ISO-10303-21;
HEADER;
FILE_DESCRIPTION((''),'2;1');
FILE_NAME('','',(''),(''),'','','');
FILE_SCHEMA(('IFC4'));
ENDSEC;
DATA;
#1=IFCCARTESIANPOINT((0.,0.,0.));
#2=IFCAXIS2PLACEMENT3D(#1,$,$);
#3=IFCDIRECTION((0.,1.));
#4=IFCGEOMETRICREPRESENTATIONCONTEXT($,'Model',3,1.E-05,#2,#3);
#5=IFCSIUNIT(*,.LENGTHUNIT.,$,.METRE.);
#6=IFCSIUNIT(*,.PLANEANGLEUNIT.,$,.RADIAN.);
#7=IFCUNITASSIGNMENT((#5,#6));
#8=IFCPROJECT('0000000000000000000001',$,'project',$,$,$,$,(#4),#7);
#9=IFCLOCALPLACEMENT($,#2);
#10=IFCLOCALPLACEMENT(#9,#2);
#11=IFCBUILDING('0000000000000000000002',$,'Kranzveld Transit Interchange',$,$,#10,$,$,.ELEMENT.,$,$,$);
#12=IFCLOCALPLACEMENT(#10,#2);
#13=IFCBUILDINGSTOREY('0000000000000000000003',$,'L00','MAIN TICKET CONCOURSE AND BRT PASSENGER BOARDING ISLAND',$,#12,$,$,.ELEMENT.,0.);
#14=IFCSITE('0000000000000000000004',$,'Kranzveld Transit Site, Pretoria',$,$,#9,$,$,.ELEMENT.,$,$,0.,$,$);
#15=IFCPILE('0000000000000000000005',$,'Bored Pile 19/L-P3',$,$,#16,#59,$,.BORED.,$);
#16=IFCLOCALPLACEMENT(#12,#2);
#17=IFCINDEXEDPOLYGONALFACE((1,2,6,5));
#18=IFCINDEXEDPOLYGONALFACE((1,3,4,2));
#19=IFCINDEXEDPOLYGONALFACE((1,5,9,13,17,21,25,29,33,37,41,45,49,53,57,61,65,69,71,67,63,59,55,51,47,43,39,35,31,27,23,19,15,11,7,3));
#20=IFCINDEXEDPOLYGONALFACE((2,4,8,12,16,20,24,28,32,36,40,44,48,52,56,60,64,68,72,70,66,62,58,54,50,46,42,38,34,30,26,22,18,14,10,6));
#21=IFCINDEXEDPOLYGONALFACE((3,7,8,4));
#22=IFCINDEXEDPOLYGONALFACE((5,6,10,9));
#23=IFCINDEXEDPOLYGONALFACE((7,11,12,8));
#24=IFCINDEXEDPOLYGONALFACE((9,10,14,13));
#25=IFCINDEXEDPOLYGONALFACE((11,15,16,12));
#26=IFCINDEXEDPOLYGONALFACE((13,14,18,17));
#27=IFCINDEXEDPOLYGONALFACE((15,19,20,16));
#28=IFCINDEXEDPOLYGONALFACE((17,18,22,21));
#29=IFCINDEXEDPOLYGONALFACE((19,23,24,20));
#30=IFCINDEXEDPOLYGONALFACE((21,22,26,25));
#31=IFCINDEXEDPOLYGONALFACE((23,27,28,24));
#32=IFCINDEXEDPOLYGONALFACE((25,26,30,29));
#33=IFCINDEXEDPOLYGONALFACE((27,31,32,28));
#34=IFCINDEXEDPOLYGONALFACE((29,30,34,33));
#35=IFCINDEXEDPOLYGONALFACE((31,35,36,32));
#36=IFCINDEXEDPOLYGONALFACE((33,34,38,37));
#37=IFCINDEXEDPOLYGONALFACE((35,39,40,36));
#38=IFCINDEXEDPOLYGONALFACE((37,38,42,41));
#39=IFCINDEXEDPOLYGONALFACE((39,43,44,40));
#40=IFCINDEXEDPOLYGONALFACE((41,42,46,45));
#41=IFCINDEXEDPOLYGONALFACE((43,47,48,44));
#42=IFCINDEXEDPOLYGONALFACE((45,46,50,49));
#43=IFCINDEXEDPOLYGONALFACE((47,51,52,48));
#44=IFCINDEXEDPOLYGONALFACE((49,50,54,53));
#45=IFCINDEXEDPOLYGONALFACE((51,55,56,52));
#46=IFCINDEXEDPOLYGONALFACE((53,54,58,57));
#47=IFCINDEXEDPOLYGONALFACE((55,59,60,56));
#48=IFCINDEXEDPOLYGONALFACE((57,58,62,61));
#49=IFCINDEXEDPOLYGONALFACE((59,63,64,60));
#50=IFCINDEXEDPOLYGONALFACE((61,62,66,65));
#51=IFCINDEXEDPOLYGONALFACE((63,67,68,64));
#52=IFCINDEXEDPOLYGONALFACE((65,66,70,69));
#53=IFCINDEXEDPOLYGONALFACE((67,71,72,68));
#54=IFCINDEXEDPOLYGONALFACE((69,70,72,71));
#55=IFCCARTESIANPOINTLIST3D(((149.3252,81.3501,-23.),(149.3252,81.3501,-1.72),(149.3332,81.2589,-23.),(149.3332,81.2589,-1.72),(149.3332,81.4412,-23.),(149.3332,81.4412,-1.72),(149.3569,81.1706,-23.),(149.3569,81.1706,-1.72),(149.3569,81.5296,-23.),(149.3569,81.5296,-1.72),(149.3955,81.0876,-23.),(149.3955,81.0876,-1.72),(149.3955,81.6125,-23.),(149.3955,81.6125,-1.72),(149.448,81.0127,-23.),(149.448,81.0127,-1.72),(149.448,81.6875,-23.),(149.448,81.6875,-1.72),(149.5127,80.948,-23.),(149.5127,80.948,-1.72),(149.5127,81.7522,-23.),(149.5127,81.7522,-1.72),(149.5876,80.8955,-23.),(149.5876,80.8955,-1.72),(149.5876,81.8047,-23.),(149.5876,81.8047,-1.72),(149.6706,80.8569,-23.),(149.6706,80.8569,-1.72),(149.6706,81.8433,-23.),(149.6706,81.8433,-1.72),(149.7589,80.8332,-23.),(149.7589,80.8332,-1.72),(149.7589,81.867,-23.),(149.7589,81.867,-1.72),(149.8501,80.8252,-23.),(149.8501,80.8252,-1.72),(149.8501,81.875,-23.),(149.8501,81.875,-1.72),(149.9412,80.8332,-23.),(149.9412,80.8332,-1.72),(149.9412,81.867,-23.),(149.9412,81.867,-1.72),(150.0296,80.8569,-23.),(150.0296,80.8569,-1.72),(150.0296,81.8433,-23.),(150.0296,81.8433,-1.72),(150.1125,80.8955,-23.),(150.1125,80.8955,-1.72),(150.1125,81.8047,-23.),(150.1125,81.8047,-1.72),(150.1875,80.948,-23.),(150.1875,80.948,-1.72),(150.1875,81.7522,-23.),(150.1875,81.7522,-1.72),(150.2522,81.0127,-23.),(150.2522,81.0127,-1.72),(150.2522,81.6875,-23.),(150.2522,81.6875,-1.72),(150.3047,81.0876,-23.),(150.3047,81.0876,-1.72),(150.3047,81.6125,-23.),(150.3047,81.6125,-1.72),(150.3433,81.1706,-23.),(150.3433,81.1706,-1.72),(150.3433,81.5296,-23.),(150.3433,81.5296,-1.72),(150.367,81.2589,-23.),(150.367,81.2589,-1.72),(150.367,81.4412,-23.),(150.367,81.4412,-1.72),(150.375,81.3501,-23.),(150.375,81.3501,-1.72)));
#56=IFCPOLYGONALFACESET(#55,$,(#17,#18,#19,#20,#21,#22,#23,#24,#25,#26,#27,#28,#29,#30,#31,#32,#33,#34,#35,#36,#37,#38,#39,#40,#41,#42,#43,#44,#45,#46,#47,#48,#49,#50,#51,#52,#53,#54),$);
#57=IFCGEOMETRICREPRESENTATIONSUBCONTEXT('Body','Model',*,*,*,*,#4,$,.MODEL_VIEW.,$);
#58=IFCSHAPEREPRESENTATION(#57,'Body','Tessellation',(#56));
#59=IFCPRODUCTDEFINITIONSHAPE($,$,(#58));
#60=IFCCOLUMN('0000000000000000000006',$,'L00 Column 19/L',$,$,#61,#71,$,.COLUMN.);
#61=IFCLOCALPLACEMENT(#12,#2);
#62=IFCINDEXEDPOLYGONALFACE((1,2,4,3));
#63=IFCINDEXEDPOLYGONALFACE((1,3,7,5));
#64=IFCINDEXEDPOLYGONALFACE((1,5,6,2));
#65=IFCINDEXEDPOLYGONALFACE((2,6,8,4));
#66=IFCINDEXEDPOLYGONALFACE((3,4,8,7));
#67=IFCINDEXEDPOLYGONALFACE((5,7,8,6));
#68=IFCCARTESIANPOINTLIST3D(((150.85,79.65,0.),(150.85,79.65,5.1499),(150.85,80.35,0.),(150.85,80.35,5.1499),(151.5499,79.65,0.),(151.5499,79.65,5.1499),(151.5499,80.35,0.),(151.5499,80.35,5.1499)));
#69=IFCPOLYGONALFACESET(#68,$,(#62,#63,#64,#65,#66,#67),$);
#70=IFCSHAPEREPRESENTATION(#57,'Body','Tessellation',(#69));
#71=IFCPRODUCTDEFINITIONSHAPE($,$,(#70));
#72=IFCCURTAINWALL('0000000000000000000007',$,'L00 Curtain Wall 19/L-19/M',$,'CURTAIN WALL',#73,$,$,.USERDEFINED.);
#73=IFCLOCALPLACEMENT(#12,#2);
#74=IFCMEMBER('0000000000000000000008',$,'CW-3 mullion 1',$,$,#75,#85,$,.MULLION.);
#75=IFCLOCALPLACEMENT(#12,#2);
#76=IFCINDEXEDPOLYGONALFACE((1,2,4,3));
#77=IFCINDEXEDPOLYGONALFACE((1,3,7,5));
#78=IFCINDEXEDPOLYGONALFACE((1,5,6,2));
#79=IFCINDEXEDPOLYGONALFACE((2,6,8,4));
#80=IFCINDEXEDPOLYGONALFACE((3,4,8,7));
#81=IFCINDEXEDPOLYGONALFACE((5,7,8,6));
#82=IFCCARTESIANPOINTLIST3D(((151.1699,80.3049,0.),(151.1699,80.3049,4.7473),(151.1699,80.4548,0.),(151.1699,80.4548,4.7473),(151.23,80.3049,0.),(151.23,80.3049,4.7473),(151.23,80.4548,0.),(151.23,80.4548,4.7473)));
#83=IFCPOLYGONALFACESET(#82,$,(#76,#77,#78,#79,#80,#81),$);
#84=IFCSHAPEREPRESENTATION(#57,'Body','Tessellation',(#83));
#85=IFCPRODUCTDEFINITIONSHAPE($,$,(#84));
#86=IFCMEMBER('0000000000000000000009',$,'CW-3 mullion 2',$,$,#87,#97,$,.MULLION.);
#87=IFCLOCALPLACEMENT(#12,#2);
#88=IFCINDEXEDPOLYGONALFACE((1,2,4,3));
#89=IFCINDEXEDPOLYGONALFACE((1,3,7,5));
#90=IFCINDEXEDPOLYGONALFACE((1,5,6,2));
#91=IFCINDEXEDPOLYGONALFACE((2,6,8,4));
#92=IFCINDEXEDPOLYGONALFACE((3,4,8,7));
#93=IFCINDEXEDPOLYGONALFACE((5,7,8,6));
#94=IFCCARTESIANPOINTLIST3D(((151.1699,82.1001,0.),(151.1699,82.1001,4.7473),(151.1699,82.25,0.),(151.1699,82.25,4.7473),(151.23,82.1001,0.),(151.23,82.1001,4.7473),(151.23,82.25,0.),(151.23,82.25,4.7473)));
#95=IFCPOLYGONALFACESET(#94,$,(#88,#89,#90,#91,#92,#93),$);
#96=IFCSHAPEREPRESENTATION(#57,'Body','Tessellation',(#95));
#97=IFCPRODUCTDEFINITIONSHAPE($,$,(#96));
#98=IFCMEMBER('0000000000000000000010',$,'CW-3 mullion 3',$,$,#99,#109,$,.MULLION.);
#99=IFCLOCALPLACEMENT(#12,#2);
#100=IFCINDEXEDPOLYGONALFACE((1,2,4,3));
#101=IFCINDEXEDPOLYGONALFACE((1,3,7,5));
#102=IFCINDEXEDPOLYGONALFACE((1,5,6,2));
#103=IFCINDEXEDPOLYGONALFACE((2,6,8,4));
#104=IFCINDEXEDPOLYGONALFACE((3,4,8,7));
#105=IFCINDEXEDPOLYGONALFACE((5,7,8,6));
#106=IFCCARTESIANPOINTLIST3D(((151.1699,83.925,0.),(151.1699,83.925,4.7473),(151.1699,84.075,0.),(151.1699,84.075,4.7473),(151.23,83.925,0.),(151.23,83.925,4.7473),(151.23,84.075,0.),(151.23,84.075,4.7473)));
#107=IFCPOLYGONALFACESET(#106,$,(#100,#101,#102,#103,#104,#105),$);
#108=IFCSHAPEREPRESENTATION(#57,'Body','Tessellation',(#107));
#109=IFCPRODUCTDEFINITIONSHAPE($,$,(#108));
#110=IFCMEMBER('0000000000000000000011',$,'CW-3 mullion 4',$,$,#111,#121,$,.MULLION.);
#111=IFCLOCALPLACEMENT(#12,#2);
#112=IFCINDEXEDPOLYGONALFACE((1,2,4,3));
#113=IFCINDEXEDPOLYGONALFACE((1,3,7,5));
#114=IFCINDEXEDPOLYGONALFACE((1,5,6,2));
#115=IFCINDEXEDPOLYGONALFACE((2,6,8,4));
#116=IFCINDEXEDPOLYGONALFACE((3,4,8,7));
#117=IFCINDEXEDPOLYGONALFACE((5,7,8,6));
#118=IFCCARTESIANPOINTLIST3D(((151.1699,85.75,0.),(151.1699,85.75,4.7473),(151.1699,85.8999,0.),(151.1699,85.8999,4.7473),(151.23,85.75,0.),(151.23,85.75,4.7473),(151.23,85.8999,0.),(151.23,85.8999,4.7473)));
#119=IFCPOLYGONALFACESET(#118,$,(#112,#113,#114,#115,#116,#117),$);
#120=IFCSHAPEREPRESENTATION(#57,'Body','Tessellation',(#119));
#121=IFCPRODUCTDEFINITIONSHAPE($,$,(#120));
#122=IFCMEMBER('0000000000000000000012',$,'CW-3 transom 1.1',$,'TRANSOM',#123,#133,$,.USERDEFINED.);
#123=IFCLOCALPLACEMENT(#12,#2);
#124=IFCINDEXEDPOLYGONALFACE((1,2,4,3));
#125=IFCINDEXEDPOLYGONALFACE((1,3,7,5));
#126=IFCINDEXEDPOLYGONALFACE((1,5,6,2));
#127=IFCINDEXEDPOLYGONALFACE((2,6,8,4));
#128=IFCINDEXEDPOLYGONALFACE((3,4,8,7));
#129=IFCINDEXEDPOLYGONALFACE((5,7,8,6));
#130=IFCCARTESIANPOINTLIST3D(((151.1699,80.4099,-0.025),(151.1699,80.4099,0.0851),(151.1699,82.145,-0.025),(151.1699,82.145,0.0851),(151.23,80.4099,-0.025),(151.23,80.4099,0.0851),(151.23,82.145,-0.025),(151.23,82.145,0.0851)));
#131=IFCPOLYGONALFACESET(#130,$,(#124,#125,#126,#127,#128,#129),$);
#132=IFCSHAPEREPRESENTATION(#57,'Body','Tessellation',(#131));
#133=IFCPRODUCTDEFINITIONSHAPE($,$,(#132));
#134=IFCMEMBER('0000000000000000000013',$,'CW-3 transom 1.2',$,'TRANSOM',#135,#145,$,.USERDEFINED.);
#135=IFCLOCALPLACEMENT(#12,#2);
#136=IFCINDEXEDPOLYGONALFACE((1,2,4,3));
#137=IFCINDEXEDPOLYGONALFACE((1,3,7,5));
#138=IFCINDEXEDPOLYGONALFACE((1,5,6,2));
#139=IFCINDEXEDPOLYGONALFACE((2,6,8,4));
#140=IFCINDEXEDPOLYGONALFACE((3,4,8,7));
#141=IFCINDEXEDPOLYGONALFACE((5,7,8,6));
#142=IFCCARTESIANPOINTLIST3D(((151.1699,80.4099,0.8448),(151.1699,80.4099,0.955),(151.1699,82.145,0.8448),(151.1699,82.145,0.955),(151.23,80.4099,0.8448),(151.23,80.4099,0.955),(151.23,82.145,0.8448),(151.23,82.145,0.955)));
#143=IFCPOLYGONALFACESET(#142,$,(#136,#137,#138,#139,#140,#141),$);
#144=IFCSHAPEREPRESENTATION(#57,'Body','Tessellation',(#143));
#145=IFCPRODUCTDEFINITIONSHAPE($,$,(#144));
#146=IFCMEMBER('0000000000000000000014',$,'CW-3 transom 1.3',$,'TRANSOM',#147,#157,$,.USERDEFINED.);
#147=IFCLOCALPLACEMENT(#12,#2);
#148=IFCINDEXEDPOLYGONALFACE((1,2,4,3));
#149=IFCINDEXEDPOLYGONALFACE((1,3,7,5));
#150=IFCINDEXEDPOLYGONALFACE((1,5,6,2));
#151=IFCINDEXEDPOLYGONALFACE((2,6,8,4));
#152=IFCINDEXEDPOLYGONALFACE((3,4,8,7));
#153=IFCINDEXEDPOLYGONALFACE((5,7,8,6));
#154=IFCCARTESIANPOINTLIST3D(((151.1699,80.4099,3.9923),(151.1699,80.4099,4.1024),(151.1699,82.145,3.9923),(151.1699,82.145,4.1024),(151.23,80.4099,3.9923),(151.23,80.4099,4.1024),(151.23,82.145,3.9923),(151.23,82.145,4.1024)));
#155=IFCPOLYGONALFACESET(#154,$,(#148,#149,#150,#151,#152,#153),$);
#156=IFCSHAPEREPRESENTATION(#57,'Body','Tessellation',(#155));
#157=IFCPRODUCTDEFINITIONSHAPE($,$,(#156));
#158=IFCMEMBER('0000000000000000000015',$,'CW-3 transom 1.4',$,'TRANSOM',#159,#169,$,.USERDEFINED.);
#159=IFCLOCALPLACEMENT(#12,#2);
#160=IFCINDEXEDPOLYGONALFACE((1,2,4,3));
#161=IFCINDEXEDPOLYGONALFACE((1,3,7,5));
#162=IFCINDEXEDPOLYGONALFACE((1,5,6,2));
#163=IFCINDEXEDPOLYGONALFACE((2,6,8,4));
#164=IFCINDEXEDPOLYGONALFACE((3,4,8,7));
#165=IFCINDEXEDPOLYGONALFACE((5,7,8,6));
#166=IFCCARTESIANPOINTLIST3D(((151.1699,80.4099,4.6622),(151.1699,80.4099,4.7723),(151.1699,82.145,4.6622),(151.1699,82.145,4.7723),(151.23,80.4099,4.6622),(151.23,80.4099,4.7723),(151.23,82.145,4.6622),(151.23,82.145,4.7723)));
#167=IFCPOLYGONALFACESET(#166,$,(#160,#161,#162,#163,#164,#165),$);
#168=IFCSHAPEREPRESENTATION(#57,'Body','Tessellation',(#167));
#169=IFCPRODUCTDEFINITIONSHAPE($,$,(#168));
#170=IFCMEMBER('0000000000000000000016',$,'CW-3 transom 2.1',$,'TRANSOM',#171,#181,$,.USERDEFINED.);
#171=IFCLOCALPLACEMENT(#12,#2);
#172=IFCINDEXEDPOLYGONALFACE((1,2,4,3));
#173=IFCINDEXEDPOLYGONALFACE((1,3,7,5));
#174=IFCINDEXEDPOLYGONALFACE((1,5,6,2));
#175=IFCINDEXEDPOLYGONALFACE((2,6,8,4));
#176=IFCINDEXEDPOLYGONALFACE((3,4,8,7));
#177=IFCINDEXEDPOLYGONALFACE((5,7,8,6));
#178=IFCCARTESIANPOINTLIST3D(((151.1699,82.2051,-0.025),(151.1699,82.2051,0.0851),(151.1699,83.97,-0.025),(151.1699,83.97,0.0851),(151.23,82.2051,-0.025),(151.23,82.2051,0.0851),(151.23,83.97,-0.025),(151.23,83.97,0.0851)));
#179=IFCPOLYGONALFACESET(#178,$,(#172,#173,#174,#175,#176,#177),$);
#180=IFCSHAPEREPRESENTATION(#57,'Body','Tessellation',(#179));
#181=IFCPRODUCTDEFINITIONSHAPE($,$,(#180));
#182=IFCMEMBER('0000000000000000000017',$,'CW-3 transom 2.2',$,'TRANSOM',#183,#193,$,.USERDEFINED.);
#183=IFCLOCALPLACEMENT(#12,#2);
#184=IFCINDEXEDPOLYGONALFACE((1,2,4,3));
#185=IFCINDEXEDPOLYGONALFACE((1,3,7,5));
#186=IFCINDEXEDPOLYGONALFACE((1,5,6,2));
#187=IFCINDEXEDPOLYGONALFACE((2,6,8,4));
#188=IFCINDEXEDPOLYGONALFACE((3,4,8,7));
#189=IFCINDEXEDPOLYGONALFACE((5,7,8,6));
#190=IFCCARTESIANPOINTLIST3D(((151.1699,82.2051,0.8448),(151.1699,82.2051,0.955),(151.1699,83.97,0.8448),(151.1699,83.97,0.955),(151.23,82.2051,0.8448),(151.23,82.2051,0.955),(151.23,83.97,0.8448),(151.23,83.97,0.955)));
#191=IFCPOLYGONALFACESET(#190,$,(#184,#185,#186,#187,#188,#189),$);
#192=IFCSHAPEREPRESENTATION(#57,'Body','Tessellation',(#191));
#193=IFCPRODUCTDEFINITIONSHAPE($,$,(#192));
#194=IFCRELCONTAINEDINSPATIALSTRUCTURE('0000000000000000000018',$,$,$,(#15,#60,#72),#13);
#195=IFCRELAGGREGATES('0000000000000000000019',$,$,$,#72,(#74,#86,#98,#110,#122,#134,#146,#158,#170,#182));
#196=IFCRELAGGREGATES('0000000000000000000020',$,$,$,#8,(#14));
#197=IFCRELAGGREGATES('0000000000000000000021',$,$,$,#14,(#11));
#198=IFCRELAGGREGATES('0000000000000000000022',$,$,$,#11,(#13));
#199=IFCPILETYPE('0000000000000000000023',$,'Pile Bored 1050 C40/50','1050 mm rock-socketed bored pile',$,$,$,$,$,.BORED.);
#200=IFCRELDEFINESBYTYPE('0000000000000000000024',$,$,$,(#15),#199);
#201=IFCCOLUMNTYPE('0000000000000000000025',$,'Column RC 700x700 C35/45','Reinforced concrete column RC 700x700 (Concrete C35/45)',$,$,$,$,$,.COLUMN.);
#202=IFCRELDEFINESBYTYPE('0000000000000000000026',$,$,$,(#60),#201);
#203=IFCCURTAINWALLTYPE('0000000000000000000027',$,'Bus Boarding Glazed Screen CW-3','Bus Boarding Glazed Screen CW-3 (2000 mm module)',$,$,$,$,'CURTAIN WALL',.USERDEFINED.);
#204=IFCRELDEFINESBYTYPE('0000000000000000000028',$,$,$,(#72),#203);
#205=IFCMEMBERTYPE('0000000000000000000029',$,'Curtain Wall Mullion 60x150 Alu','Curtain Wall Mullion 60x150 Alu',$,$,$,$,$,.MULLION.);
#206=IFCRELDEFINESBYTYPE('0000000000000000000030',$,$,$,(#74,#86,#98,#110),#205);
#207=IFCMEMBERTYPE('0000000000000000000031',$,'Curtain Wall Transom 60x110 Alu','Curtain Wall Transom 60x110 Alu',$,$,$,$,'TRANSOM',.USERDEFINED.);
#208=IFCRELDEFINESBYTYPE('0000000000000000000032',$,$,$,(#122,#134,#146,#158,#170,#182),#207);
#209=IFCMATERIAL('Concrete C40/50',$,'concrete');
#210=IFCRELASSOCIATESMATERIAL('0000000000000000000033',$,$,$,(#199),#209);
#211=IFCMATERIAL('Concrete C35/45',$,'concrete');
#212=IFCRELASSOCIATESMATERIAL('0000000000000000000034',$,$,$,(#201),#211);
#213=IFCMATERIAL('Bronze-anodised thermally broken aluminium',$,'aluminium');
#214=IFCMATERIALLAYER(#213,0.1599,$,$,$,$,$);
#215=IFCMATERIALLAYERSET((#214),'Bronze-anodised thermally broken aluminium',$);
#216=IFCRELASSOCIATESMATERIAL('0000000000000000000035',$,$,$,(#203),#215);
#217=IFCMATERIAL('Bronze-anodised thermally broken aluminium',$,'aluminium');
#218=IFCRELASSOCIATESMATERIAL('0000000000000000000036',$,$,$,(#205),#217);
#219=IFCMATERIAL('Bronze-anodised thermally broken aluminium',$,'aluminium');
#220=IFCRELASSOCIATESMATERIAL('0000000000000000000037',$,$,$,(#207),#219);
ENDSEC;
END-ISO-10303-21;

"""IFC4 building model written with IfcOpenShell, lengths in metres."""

from ifc_helpers import new_model, si_unit, direction, frame, origin, origin_2d, place, context, subcontext, project, spatial, rectangle, circle, extrude, material, layer, layer_set, material_profile, profile_set, type_object, element, aggregate, save


model = new_model("IFC4")

# Units and contexts
model_context = context("Model", 3, precision=1e-05, world=origin(), true_north=direction((0.0, 1.0)))
body_context = subcontext(model_context, "Body", "Model", "MODEL_VIEW")
ifc_project = project(units=[si_unit("LENGTHUNIT", "METRE"), si_unit("PLANEANGLEUNIT", "RADIAN")], contexts=[model_context])

# Site, building, storey
site_placement = place(None, origin())
site = spatial("IfcSite", under=ifc_project, at=site_placement, Name="Kranzveld Transit Site, Pretoria", CompositionType="ELEMENT", RefElevation=0.0)
building_placement = place(site_placement, origin())
building = spatial("IfcBuilding", under=site, at=building_placement, Name="Kranzveld Transit Interchange", CompositionType="ELEMENT")
storey_placement = place(building_placement, origin())
storey = spatial("IfcBuildingStorey", under=building, at=storey_placement, Name="L00", Description="MAIN TICKET CONCOURSE AND BRT PASSENGER BOARDING ISLAND", CompositionType="ELEMENT", Elevation=0.0)

# Pile
ifc_material_1 = material(Name="Concrete C40/50", Category="concrete")
ifc_material_profile_1 = material_profile(ifc_material_1, circle(Radius=0.5249, at=origin_2d()), Name="BORED PILE 1050")
ifc_profile_set_1 = profile_set([ifc_material_profile_1], Name="Concrete C40/50")
pile_type = type_object("IfcPileType", Name="Pile Bored 1050 C40/50", Description="1050 mm rock-socketed bored pile", PredefinedType="BORED", material=ifc_profile_set_1)
pile_placement = place(storey_placement, frame((149.8501, 81.3501, -1.72), z_axis=(0.0, 0.0, -1.0), x_axis=(1.0, 0.0, 0.0)))
element("IfcPile", 1, at=pile_placement, inside=storey, type_object=pile_type, Name="Bored Pile 19/L-P3", PredefinedType="BORED", context=body_context, shape_type="SweptSolid", body=[
    extrude(circle(Radius=0.5249, at=origin_2d()), origin(), (0.0, 0.0, 1.0), 21.28),
])

# Column
ifc_material_2 = material(Name="Concrete C35/45", Category="concrete")
ifc_material_profile_2 = material_profile(ifc_material_2, rectangle(XDim=0.7, YDim=0.7, at=origin_2d()), Name="RC 700x700")
ifc_profile_set_2 = profile_set([ifc_material_profile_2], Name="Concrete C35/45")
column_type = type_object("IfcColumnType", Name="Column RC 700x700 C35/45", Description="Reinforced concrete column RC 700x700 (Concrete C35/45)", PredefinedType="COLUMN", material=ifc_profile_set_2)
column_placement = place(storey_placement, frame((151.2, 80.0, 0.0), z_axis=(0.0, 0.0, 1.0), x_axis=(1.0, 0.0, 0.0)))
element("IfcColumn", 2, at=column_placement, inside=storey, type_object=column_type, Name="L00 Column 19/L", PredefinedType="COLUMN", context=body_context, shape_type="SweptSolid", body=[
    extrude(rectangle(XDim=0.7, YDim=0.7, at=origin_2d()), origin(), (0.0, 0.0, 1.0), 5.1499),
])

# Curtain wall, members
ifc_material_3 = material(Name="Bronze-anodised thermally broken aluminium", Category="aluminium")
ifc_layer_1 = layer(ifc_material_3, 0.1599)
ifc_layer_set_1 = layer_set([ifc_layer_1], Name="Bronze-anodised thermally broken aluminium")
curtain_wall_type = type_object("IfcCurtainWallType", Name="Bus Boarding Glazed Screen CW-3", Description="Bus Boarding Glazed Screen CW-3 (2000 mm module)", ElementType="CURTAIN WALL", PredefinedType="USERDEFINED", material=ifc_layer_set_1)
curtain_wall_placement = place(storey_placement, origin())
curtain_wall = element("IfcCurtainWall", 3, at=curtain_wall_placement, inside=storey, type_object=curtain_wall_type, Name="L00 Curtain Wall 19/L-19/M", ObjectType="CURTAIN WALL", PredefinedType="USERDEFINED")
ifc_material_4 = material(Name="Bronze-anodised thermally broken aluminium", Category="aluminium")
ifc_material_profile_3 = material_profile(ifc_material_4, rectangle(XDim=0.0601, YDim=0.1499, at=origin_2d()), Name="ALU MULLION 60x150")
ifc_profile_set_3 = profile_set([ifc_material_profile_3], Name="Bronze-anodised thermally broken aluminium")
member_type_1 = type_object("IfcMemberType", Name="Curtain Wall Mullion 60x150 Alu", Description="Curtain Wall Mullion 60x150 Alu", PredefinedType="MULLION", material=ifc_profile_set_3)
member_1_placement = place(storey_placement, frame((151.2, 80.3799, 0.0), z_axis=(0.0, 0.0, 1.0), x_axis=(-1.0, 0.0, 0.0)))
member_1 = element("IfcMember", 4, at=member_1_placement, type_object=member_type_1, Name="CW-3 mullion 1", PredefinedType="MULLION", context=body_context, shape_type="SweptSolid", body=[
    extrude(rectangle(XDim=0.0601, YDim=0.1499, at=origin_2d()), origin(), (0.0, 0.0, 1.0), 4.7473),
])
member_2_placement = place(storey_placement, frame((151.2, 82.175, 0.0), z_axis=(0.0, 0.0, 1.0), x_axis=(-1.0, 0.0, 0.0)))
member_2 = element("IfcMember", 5, at=member_2_placement, type_object=member_type_1, Name="CW-3 mullion 2", PredefinedType="MULLION", context=body_context, shape_type="SweptSolid", body=[
    extrude(rectangle(XDim=0.0601, YDim=0.1499, at=origin_2d()), origin(), (0.0, 0.0, 1.0), 4.7473),
])
member_3_placement = place(storey_placement, frame((151.2, 84.0, 0.0), z_axis=(0.0, 0.0, 1.0), x_axis=(-1.0, 0.0, 0.0)))
member_3 = element("IfcMember", 6, at=member_3_placement, type_object=member_type_1, Name="CW-3 mullion 3", PredefinedType="MULLION", context=body_context, shape_type="SweptSolid", body=[
    extrude(rectangle(XDim=0.0601, YDim=0.1499, at=origin_2d()), origin(), (0.0, 0.0, 1.0), 4.7473),
])
member_4_placement = place(storey_placement, frame((151.2, 85.825, 0.0), z_axis=(0.0, 0.0, 1.0), x_axis=(-1.0, 0.0, 0.0)))
member_4 = element("IfcMember", 7, at=member_4_placement, type_object=member_type_1, Name="CW-3 mullion 4", PredefinedType="MULLION", context=body_context, shape_type="SweptSolid", body=[
    extrude(rectangle(XDim=0.0601, YDim=0.1499, at=origin_2d()), origin(), (0.0, 0.0, 1.0), 4.7473),
])
ifc_material_5 = material(Name="Bronze-anodised thermally broken aluminium", Category="aluminium")
ifc_material_profile_4 = material_profile(ifc_material_5, rectangle(XDim=0.0601, YDim=0.1101, at=origin_2d()), Name="ALU TRANSOM 60x110")
ifc_profile_set_4 = profile_set([ifc_material_profile_4], Name="Bronze-anodised thermally broken aluminium")
member_type_2 = type_object("IfcMemberType", Name="Curtain Wall Transom 60x110 Alu", Description="Curtain Wall Transom 60x110 Alu", ElementType="TRANSOM", PredefinedType="USERDEFINED", material=ifc_profile_set_4)
member_5_placement = place(storey_placement, frame((151.2, 80.4099, 0.03), z_axis=(0.0, 1.0, 0.0), x_axis=(-1.0, 0.0, 0.0)))
member_5 = element("IfcMember", 8, at=member_5_placement, type_object=member_type_2, Name="CW-3 transom 1.1", ObjectType="TRANSOM", PredefinedType="USERDEFINED", context=body_context, shape_type="SweptSolid", body=[
    extrude(rectangle(XDim=0.0601, YDim=0.1101, at=origin_2d()), origin(), (0.0, 0.0, 1.0), 1.7351),
])
member_6_placement = place(storey_placement, frame((151.2, 80.4099, 0.8999), z_axis=(0.0, 1.0, 0.0), x_axis=(-1.0, 0.0, 0.0)))
member_6 = element("IfcMember", 9, at=member_6_placement, type_object=member_type_2, Name="CW-3 transom 1.2", ObjectType="TRANSOM", PredefinedType="USERDEFINED", context=body_context, shape_type="SweptSolid", body=[
    extrude(rectangle(XDim=0.0601, YDim=0.1101, at=origin_2d()), origin(), (0.0, 0.0, 1.0), 1.7351),
])
member_7_placement = place(storey_placement, frame((151.2, 80.4099, 4.0474), z_axis=(0.0, 1.0, 0.0), x_axis=(-1.0, 0.0, 0.0)))
member_7 = element("IfcMember", 10, at=member_7_placement, type_object=member_type_2, Name="CW-3 transom 1.3", ObjectType="TRANSOM", PredefinedType="USERDEFINED", context=body_context, shape_type="SweptSolid", body=[
    extrude(rectangle(XDim=0.0601, YDim=0.1101, at=origin_2d()), origin(), (0.0, 0.0, 1.0), 1.7351),
])
member_8_placement = place(storey_placement, frame((151.2, 80.4099, 4.7173), z_axis=(0.0, 1.0, 0.0), x_axis=(-1.0, 0.0, 0.0)))
member_8 = element("IfcMember", 11, at=member_8_placement, type_object=member_type_2, Name="CW-3 transom 1.4", ObjectType="TRANSOM", PredefinedType="USERDEFINED", context=body_context, shape_type="SweptSolid", body=[
    extrude(rectangle(XDim=0.0601, YDim=0.1101, at=origin_2d()), origin(), (0.0, 0.0, 1.0), 1.7351),
])
member_9_placement = place(storey_placement, frame((151.2, 82.2051, 0.03), z_axis=(0.0, 1.0, 0.0), x_axis=(-1.0, 0.0, 0.0)))
member_9 = element("IfcMember", 12, at=member_9_placement, type_object=member_type_2, Name="CW-3 transom 2.1", ObjectType="TRANSOM", PredefinedType="USERDEFINED", context=body_context, shape_type="SweptSolid", body=[
    extrude(rectangle(XDim=0.0601, YDim=0.1101, at=origin_2d()), origin(), (0.0, 0.0, 1.0), 1.7649),
])
member_10_placement = place(storey_placement, frame((151.2, 82.2051, 0.8999), z_axis=(0.0, 1.0, 0.0), x_axis=(-1.0, 0.0, 0.0)))
member_10 = element("IfcMember", 13, at=member_10_placement, type_object=member_type_2, Name="CW-3 transom 2.2", ObjectType="TRANSOM", PredefinedType="USERDEFINED", context=body_context, shape_type="SweptSolid", body=[
    extrude(rectangle(XDim=0.0601, YDim=0.1101, at=origin_2d()), origin(), (0.0, 0.0, 1.0), 1.7649),
])

aggregate(curtain_wall, [member_1, member_2, member_3, member_4, member_5, member_6, member_7, member_8, member_9, member_10])

save(model, "model.ifc")
